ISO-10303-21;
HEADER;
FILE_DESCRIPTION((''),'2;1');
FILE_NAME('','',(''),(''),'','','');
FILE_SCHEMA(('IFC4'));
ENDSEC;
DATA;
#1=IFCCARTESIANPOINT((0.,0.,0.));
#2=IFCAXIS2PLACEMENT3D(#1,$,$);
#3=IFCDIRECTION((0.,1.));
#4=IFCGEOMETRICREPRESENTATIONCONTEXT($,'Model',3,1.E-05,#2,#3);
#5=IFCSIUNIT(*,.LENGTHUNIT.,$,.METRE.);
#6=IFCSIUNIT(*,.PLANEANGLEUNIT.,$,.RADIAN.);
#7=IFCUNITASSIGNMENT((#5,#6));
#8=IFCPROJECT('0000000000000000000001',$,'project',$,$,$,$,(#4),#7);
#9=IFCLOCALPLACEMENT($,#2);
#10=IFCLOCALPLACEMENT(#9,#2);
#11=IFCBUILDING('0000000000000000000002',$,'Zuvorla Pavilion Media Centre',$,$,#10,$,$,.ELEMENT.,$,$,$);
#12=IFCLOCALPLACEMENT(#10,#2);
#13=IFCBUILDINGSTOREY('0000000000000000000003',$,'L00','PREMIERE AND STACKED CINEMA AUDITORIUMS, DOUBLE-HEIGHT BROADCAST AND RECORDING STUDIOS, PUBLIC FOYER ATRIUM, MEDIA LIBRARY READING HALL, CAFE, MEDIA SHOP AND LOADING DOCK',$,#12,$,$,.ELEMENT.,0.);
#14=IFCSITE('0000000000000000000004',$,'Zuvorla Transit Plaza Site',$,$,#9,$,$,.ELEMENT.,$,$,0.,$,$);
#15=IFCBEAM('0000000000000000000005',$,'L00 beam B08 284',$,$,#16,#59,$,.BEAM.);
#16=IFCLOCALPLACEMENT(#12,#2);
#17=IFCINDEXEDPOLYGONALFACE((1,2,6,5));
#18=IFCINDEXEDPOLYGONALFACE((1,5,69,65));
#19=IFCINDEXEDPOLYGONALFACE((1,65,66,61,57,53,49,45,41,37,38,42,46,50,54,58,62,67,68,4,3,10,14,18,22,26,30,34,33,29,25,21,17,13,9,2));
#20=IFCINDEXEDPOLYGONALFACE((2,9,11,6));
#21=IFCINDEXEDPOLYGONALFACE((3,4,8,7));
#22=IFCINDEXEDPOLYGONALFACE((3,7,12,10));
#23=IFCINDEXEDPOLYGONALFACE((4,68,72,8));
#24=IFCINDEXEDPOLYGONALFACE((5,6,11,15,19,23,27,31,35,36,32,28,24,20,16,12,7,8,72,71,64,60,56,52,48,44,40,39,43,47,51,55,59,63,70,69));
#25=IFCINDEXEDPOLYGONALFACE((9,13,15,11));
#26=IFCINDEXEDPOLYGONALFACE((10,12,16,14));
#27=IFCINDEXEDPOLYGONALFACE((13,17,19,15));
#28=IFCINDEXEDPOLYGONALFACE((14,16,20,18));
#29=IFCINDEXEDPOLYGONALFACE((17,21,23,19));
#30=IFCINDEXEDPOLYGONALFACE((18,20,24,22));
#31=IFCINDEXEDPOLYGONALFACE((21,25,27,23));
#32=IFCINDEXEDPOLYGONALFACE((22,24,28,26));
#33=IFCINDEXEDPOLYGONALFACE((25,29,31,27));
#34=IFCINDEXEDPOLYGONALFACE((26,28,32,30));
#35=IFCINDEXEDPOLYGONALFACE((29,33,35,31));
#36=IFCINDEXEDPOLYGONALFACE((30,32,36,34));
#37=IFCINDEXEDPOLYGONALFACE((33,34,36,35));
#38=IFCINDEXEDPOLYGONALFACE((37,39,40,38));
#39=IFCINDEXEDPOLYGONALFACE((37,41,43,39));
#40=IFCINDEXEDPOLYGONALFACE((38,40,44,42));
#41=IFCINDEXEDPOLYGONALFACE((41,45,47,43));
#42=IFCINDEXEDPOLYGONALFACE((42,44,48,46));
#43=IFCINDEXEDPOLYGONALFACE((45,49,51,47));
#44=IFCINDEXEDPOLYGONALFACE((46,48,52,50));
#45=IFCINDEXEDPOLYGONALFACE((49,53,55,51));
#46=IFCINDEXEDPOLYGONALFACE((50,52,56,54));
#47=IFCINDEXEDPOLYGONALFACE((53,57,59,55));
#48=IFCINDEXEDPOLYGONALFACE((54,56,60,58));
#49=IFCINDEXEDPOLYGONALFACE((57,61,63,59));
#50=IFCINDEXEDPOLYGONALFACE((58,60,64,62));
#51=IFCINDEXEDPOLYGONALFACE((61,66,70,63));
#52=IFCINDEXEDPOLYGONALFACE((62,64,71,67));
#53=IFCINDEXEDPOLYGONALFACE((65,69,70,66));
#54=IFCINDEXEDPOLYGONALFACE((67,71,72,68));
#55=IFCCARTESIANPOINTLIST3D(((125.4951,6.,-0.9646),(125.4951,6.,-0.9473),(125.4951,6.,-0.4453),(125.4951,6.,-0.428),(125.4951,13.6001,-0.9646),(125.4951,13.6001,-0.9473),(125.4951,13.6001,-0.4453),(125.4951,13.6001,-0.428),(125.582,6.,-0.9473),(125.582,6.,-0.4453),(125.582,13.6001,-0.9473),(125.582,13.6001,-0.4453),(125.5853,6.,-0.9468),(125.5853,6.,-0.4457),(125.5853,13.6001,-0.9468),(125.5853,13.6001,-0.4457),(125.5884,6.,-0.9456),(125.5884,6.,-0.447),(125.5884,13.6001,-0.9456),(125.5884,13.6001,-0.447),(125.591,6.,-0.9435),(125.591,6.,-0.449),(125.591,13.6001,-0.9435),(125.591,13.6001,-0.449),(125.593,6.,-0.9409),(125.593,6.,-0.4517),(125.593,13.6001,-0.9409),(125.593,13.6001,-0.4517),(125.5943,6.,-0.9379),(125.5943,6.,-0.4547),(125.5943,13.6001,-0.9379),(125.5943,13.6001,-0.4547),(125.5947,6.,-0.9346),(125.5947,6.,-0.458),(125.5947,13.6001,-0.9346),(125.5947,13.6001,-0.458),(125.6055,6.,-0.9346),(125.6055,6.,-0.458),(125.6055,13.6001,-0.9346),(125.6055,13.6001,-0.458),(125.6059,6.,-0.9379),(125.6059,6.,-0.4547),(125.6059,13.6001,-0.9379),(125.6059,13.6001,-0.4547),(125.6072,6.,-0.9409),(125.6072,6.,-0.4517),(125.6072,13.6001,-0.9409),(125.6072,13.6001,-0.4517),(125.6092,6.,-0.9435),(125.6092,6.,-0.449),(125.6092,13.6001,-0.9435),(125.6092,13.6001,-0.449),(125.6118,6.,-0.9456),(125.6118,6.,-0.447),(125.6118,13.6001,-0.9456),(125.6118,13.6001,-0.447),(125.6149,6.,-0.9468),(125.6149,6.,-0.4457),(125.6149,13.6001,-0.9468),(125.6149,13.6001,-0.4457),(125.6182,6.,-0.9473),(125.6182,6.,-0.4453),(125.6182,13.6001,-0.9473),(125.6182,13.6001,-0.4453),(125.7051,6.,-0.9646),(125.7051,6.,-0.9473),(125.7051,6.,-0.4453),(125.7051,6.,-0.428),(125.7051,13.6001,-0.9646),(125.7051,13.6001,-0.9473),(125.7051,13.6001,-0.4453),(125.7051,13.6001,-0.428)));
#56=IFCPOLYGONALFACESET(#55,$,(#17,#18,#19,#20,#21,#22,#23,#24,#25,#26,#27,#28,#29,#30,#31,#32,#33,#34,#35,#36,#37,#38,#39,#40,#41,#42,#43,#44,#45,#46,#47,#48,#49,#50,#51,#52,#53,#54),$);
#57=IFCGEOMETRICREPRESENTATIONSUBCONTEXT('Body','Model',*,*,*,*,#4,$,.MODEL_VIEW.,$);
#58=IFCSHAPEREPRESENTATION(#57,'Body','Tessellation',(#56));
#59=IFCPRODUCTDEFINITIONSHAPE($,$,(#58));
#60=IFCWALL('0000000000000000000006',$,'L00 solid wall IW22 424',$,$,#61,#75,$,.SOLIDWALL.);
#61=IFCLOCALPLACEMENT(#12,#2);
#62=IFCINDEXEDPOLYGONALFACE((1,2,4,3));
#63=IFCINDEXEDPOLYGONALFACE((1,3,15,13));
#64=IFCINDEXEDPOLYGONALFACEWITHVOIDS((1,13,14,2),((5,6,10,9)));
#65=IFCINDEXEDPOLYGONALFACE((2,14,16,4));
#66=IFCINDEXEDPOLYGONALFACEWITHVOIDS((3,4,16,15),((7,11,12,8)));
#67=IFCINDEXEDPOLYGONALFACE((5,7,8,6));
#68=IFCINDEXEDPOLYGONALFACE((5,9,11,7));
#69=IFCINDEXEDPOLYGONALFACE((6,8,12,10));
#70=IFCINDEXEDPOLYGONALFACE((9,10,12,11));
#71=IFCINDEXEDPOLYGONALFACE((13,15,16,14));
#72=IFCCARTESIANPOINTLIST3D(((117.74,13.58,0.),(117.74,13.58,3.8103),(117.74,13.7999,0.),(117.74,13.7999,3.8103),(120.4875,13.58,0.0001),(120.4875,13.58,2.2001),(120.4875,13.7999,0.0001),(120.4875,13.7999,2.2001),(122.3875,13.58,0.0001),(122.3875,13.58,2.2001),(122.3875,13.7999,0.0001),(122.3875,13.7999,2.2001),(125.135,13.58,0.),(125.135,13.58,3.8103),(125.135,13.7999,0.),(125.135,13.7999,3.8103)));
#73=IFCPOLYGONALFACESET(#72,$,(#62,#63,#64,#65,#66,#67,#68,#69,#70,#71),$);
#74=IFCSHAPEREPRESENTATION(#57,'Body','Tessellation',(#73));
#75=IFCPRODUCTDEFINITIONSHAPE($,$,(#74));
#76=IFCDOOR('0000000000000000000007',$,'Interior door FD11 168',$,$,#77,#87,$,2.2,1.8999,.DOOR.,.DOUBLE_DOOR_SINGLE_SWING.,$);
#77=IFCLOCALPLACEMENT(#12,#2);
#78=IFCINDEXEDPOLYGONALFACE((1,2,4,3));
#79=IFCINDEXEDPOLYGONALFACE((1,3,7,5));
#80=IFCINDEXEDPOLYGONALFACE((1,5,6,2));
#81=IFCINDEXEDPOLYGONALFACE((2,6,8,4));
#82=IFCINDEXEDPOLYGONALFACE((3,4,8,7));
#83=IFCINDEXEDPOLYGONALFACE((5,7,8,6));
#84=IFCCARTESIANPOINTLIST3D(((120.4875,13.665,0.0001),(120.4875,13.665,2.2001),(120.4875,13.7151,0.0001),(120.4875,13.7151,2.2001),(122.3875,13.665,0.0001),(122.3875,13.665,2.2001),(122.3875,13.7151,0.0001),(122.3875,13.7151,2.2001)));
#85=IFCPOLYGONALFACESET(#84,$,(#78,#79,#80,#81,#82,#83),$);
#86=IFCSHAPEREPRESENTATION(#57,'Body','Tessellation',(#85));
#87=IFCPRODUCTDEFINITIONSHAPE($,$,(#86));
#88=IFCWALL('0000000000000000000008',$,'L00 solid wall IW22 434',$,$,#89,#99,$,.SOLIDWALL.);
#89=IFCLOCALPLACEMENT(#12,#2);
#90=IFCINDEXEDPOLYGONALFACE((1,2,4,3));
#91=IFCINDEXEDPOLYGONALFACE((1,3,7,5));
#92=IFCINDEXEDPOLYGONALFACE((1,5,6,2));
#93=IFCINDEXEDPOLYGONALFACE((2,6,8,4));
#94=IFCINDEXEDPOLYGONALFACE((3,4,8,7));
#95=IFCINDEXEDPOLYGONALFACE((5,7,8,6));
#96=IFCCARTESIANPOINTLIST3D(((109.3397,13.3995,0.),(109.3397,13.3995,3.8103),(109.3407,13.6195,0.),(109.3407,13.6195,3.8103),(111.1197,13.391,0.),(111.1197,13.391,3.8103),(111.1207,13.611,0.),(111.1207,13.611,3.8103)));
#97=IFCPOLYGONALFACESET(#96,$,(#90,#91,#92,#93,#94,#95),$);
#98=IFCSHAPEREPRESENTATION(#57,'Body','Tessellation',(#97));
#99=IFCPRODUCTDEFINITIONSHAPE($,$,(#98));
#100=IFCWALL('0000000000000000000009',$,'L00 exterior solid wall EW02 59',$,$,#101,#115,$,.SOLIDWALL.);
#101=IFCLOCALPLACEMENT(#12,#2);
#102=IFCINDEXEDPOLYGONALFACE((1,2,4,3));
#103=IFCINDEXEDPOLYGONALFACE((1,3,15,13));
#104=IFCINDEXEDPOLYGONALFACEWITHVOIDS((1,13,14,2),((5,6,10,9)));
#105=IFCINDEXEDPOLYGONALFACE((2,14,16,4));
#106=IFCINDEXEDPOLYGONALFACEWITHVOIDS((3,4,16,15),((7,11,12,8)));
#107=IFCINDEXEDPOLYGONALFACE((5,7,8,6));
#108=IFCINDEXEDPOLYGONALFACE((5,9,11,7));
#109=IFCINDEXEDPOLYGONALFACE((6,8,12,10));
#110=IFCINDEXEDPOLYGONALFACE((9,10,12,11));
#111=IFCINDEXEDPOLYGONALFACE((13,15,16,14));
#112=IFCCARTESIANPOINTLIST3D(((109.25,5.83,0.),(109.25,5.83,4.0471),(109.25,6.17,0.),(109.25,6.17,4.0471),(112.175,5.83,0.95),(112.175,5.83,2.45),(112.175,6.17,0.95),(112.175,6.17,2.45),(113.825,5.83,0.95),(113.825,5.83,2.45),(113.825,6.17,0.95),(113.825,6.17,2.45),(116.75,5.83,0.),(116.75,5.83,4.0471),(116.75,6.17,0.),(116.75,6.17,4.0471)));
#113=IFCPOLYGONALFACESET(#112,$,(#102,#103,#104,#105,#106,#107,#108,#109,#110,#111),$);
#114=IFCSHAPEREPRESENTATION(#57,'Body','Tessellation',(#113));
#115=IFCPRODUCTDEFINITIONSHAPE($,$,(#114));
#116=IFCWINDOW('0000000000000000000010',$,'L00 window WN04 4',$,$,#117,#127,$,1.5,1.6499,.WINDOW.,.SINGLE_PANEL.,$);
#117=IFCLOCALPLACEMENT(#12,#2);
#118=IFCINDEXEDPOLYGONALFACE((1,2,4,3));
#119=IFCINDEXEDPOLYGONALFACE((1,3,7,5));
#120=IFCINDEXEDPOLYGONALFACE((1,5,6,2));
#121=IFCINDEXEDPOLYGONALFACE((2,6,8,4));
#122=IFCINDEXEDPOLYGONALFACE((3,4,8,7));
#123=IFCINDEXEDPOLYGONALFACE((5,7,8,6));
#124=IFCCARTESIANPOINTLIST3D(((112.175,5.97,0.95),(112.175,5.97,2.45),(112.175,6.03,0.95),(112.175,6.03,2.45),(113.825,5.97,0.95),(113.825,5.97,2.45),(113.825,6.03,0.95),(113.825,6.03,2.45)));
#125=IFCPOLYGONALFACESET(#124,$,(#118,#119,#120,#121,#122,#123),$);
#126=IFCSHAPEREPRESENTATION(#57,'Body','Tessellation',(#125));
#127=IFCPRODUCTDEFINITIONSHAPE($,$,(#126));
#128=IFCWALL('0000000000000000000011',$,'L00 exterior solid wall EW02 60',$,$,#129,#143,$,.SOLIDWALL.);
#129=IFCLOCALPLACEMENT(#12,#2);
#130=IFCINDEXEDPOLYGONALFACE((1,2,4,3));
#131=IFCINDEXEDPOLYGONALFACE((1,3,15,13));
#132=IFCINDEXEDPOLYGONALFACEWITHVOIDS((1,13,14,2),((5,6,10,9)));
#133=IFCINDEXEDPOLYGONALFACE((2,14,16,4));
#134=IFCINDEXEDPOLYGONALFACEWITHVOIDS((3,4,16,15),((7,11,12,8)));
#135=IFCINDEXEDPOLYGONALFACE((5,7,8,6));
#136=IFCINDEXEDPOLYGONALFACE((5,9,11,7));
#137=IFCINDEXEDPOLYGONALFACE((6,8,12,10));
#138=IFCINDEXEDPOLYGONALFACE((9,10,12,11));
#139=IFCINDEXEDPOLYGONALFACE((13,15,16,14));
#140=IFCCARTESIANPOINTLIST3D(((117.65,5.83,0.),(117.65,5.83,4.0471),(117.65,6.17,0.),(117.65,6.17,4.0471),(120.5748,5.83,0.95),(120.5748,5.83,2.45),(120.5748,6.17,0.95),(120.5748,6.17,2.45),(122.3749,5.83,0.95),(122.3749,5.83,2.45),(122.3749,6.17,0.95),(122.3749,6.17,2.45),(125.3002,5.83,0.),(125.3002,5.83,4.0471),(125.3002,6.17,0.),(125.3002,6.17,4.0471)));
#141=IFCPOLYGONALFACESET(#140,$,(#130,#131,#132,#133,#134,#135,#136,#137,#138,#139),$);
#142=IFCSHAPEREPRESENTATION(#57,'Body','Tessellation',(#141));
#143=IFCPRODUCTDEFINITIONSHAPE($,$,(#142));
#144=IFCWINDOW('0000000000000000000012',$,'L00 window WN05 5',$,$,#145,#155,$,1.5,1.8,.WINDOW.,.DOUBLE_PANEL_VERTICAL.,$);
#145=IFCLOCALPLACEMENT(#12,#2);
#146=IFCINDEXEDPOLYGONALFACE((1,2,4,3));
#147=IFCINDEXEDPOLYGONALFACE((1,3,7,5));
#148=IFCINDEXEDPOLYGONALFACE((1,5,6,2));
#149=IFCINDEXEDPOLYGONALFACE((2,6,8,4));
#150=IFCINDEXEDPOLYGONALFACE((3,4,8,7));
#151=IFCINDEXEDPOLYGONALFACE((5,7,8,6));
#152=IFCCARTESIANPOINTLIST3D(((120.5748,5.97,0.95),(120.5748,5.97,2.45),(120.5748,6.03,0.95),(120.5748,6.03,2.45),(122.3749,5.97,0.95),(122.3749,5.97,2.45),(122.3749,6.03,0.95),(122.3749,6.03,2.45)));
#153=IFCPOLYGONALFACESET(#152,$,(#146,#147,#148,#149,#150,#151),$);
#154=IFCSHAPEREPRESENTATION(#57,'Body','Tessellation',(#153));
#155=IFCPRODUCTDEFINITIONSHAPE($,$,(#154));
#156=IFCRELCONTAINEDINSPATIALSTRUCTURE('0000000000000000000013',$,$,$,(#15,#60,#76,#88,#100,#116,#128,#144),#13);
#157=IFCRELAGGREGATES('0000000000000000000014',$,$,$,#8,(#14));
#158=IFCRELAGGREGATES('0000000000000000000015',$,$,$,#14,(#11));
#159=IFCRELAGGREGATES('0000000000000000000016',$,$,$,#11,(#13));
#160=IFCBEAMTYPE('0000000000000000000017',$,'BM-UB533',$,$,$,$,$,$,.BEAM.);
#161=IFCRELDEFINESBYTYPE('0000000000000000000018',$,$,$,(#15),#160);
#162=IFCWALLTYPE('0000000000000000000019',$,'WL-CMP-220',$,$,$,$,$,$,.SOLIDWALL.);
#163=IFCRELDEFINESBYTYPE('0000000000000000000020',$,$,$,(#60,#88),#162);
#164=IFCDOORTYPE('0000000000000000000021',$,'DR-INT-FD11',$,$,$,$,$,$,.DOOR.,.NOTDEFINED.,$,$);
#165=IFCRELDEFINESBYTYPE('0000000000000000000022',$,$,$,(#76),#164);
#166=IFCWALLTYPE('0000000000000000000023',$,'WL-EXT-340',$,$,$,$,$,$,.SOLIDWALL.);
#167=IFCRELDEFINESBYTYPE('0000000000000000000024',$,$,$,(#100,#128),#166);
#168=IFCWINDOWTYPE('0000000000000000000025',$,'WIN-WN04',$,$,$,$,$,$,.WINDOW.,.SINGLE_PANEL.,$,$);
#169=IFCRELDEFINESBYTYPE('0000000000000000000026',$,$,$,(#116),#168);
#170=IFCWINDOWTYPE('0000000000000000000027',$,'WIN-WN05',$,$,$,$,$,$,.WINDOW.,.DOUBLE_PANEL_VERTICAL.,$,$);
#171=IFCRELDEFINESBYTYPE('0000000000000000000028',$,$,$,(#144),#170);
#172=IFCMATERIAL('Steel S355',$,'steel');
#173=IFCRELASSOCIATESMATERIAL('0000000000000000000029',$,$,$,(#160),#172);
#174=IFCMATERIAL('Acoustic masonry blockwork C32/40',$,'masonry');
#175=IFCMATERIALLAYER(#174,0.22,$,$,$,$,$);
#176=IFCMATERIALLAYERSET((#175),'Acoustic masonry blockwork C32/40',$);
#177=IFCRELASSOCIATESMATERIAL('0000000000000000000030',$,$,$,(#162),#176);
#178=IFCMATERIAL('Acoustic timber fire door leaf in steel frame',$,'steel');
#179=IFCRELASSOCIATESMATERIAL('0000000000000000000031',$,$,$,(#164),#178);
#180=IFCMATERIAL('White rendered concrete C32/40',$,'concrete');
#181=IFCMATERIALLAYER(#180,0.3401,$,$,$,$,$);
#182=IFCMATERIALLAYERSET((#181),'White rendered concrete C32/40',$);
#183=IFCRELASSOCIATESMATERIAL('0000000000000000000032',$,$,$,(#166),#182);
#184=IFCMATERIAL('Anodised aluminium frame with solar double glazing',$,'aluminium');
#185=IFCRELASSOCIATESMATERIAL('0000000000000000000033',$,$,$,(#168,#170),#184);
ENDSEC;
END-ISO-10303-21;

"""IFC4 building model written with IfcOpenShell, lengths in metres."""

from ifc_helpers import new_model, si_unit, direction, frame, frame_2d, origin, origin_2d, place, context, subcontext, project, spatial, rectangle, i_section, extrude, material, layer, layer_set, material_profile, profile_set, type_object, element, fill, save


model = new_model("IFC4")

# Units and contexts
model_context = context("Model", 3, precision=1e-05, world=origin(), true_north=direction((0.0, 1.0)))
body_context = subcontext(model_context, "Body", "Model", "MODEL_VIEW")
ifc_project = project(units=[si_unit("LENGTHUNIT", "METRE"), si_unit("PLANEANGLEUNIT", "RADIAN")], contexts=[model_context])

# Site, building, storey
site_placement = place(None, origin())
site = spatial("IfcSite", under=ifc_project, at=site_placement, Name="Zuvorla Transit Plaza Site", CompositionType="ELEMENT", RefElevation=0.0)
building_placement = place(site_placement, origin())
building = spatial("IfcBuilding", under=site, at=building_placement, Name="Zuvorla Pavilion Media Centre", CompositionType="ELEMENT")
storey_placement = place(building_placement, origin())
storey = spatial("IfcBuildingStorey", under=building, at=storey_placement, Name="L00", Description="PREMIERE AND STACKED CINEMA AUDITORIUMS, DOUBLE-HEIGHT BROADCAST AND RECORDING STUDIOS, PUBLIC FOYER ATRIUM, MEDIA LIBRARY READING HALL, CAFE, MEDIA SHOP AND LOADING DOCK", CompositionType="ELEMENT", Elevation=0.0)

# Beam
ifc_material_1 = material(Name="Steel S355", Category="steel")
ifc_material_profile_1 = material_profile(ifc_material_1, i_section(OverallWidth=0.21, OverallDepth=0.5366, WebThickness=0.0107, FlangeThickness=0.0173, FilletRadius=0.0127, at=origin_2d()), Name="UB 533x210x101")
ifc_profile_set_1 = profile_set([ifc_material_profile_1], Name="Steel S355")
beam_type_1 = type_object("IfcBeamType", Name="BM-UB533", PredefinedType="BEAM", material=ifc_profile_set_1)
beam_1_placement = place(storey_placement, frame((125.6001, 6.0, -0.6963), z_axis=(0.0, 1.0, 0.0), x_axis=(-1.0, 0.0, 0.0)))
element("IfcBeam", 1, at=beam_1_placement, inside=storey, type_object=beam_type_1, Name="L00 beam B08 284", PredefinedType="BEAM", context=body_context, shape_type="SweptSolid", body=[
    extrude(i_section(OverallWidth=0.21, OverallDepth=0.5366, WebThickness=0.0107, FlangeThickness=0.0173, FilletRadius=0.0127, at=origin_2d()), origin(), (0.0, 0.0, 1.0), 7.6001),
])

# Wall, opening, door
ifc_material_2 = material(Name="Acoustic masonry blockwork C32/40", Category="masonry")
ifc_layer_1 = layer(ifc_material_2, 0.22)
ifc_layer_set_1 = layer_set([ifc_layer_1], Name="Acoustic masonry blockwork C32/40")
wall_type_1 = type_object("IfcWallType", Name="WL-CMP-220", PredefinedType="SOLIDWALL", material=ifc_layer_set_1)
wall_1_placement = place(storey_placement, frame((125.135, 13.6899, 0.0), z_axis=(0.0, 0.0, 1.0), x_axis=(-1.0, 0.0, 0.0)))
wall_1 = element("IfcWall", 2, at=wall_1_placement, inside=storey, type_object=wall_type_1, Name="L00 solid wall IW22 424", PredefinedType="SOLIDWALL", context=body_context, shape_type="SweptSolid", body=[
    extrude(rectangle(XDim=7.395, YDim=0.22, at=frame_2d((3.6975, 0.0))), origin(), (0.0, 0.0, 1.0), 3.8103),
])
opening_1_placement = place(wall_1_placement, frame((2.7476, 0.0, 0.0)))
opening_1 = element("IfcOpeningElement", 3, at=opening_1_placement, cuts=wall_1, PredefinedType="OPENING", context=body_context, shape_type="SweptSolid", body=[
    extrude(rectangle(XDim=1.8999, YDim=2.2, at=frame_2d((0.95, 1.1001))), frame((0.0, 0.1199, 0.0), z_axis=(0.0, -1.0, 0.0), x_axis=(1.0, 0.0, 0.0)), (0.0, 0.0, 1.0), 0.24),
])
ifc_material_3 = material(Name="Acoustic timber fire door leaf in steel frame", Category="steel")
door_type_1 = type_object("IfcDoorType", Name="DR-INT-FD11", OperationType="NOTDEFINED", PredefinedType="DOOR", material=ifc_material_3)
door_1_placement = place(opening_1_placement, origin())
door_1 = element("IfcDoor", 4, at=door_1_placement, inside=storey, type_object=door_type_1, Name="Interior door FD11 168", OperationType="DOUBLE_DOOR_SINGLE_SWING", OverallHeight=2.2, OverallWidth=1.8999, PredefinedType="DOOR", context=body_context, shape_type="SweptSolid", body=[
    extrude(rectangle(XDim=1.8999, YDim=2.2, at=frame_2d((0.95, 1.1001))), frame((0.0, 0.0249, 0.0), z_axis=(0.0, -1.0, 0.0), x_axis=(1.0, 0.0, 0.0)), (0.0, 0.0, 1.0), 0.05),
])
fill(opening_1, door_1)

# Wall
wall_2_placement = place(storey_placement, frame((109.3401, 13.5095, 0.0), z_axis=(0.0, 0.0, 1.0), x_axis=(0.999988, -0.0048, 0.0)))
element("IfcWall", 5, at=wall_2_placement, inside=storey, type_object=wall_type_1, Name="L00 solid wall IW22 434", PredefinedType="SOLIDWALL", context=body_context, shape_type="SweptSolid", body=[
    extrude(rectangle(XDim=1.78, YDim=0.22, at=frame_2d((0.8901, 0.0))), origin(), (0.0, 0.0, 1.0), 3.8103),
])

# Walls, openings, windows
ifc_material_4 = material(Name="White rendered concrete C32/40", Category="concrete")
ifc_layer_2 = layer(ifc_material_4, 0.3401)
ifc_layer_set_2 = layer_set([ifc_layer_2], Name="White rendered concrete C32/40")
wall_type_2 = type_object("IfcWallType", Name="WL-EXT-340", PredefinedType="SOLIDWALL", material=ifc_layer_set_2)
wall_3_placement = place(storey_placement, frame((109.25, 6.0, 0.0), z_axis=(0.0, 0.0, 1.0), x_axis=(1.0, 0.0, 0.0)))
wall_3 = element("IfcWall", 6, at=wall_3_placement, inside=storey, type_object=wall_type_2, Name="L00 exterior solid wall EW02 59", PredefinedType="SOLIDWALL", context=body_context, shape_type="SweptSolid", body=[
    extrude(rectangle(XDim=7.5, YDim=0.3401, at=frame_2d((3.75, 0.0))), origin(), (0.0, 0.0, 1.0), 4.0471),
])
opening_2_placement = place(wall_3_placement, frame((2.925, 0.0, 0.95)))
opening_2 = element("IfcOpeningElement", 7, at=opening_2_placement, cuts=wall_3, PredefinedType="OPENING", context=body_context, shape_type="SweptSolid", body=[
    extrude(rectangle(XDim=1.6499, YDim=1.5, at=frame_2d((0.825, 0.75))), frame((0.0, 0.1799, 0.0), z_axis=(0.0, -1.0, 0.0), x_axis=(1.0, 0.0, 0.0)), (0.0, 0.0, 1.0), 0.3601),
])
ifc_material_5 = material(Name="Anodised aluminium frame with solar double glazing", Category="aluminium")
window_type_1 = type_object("IfcWindowType", Name="WIN-WN04", PartitioningType="SINGLE_PANEL", PredefinedType="WINDOW", material=ifc_material_5)
window_1_placement = place(opening_2_placement, origin())
window_1 = element("IfcWindow", 8, at=window_1_placement, inside=storey, type_object=window_type_1, Name="L00 window WN04 4", OverallHeight=1.5, OverallWidth=1.6499, PartitioningType="SINGLE_PANEL", PredefinedType="WINDOW", context=body_context, shape_type="SweptSolid", body=[
    extrude(rectangle(XDim=1.6499, YDim=1.5, at=frame_2d((0.825, 0.75))), frame((0.0, 0.03, 0.0), z_axis=(0.0, -1.0, 0.0), x_axis=(1.0, 0.0, 0.0)), (0.0, 0.0, 1.0), 0.0601),
])
fill(opening_2, window_1)
wall_4_placement = place(storey_placement, frame((117.6499, 6.0, 0.0), z_axis=(0.0, 0.0, 1.0), x_axis=(1.0, 0.0, 0.0)))
wall_4 = element("IfcWall", 9, at=wall_4_placement, inside=storey, type_object=wall_type_2, Name="L00 exterior solid wall EW02 60", PredefinedType="SOLIDWALL", context=body_context, shape_type="SweptSolid", body=[
    extrude(rectangle(XDim=7.6501, YDim=0.3401, at=frame_2d((3.8252, 0.0))), origin(), (0.0, 0.0, 1.0), 4.0471),
])
opening_3_placement = place(wall_4_placement, frame((2.925, 0.0, 0.95)))
opening_3 = element("IfcOpeningElement", 10, at=opening_3_placement, cuts=wall_4, PredefinedType="OPENING", context=body_context, shape_type="SweptSolid", body=[
    extrude(rectangle(XDim=1.8, YDim=1.5, at=frame_2d((0.8999, 0.75))), frame((0.0, 0.1799, 0.0), z_axis=(0.0, -1.0, 0.0), x_axis=(1.0, 0.0, 0.0)), (0.0, 0.0, 1.0), 0.3601),
])
window_type_2 = type_object("IfcWindowType", Name="WIN-WN05", PartitioningType="DOUBLE_PANEL_VERTICAL", PredefinedType="WINDOW", material=ifc_material_5)
window_2_placement = place(opening_3_placement, origin())
window_2 = element("IfcWindow", 11, at=window_2_placement, inside=storey, type_object=window_type_2, Name="L00 window WN05 5", OverallHeight=1.5, OverallWidth=1.8, PartitioningType="DOUBLE_PANEL_VERTICAL", PredefinedType="WINDOW", context=body_context, shape_type="SweptSolid", body=[
    extrude(rectangle(XDim=1.8, YDim=1.5, at=frame_2d((0.8999, 0.75))), frame((0.0, 0.03, 0.0), z_axis=(0.0, -1.0, 0.0), x_axis=(1.0, 0.0, 0.0)), (0.0, 0.0, 1.0), 0.0601),
])
fill(opening_3, window_2)

save(model, "model.ifc")
